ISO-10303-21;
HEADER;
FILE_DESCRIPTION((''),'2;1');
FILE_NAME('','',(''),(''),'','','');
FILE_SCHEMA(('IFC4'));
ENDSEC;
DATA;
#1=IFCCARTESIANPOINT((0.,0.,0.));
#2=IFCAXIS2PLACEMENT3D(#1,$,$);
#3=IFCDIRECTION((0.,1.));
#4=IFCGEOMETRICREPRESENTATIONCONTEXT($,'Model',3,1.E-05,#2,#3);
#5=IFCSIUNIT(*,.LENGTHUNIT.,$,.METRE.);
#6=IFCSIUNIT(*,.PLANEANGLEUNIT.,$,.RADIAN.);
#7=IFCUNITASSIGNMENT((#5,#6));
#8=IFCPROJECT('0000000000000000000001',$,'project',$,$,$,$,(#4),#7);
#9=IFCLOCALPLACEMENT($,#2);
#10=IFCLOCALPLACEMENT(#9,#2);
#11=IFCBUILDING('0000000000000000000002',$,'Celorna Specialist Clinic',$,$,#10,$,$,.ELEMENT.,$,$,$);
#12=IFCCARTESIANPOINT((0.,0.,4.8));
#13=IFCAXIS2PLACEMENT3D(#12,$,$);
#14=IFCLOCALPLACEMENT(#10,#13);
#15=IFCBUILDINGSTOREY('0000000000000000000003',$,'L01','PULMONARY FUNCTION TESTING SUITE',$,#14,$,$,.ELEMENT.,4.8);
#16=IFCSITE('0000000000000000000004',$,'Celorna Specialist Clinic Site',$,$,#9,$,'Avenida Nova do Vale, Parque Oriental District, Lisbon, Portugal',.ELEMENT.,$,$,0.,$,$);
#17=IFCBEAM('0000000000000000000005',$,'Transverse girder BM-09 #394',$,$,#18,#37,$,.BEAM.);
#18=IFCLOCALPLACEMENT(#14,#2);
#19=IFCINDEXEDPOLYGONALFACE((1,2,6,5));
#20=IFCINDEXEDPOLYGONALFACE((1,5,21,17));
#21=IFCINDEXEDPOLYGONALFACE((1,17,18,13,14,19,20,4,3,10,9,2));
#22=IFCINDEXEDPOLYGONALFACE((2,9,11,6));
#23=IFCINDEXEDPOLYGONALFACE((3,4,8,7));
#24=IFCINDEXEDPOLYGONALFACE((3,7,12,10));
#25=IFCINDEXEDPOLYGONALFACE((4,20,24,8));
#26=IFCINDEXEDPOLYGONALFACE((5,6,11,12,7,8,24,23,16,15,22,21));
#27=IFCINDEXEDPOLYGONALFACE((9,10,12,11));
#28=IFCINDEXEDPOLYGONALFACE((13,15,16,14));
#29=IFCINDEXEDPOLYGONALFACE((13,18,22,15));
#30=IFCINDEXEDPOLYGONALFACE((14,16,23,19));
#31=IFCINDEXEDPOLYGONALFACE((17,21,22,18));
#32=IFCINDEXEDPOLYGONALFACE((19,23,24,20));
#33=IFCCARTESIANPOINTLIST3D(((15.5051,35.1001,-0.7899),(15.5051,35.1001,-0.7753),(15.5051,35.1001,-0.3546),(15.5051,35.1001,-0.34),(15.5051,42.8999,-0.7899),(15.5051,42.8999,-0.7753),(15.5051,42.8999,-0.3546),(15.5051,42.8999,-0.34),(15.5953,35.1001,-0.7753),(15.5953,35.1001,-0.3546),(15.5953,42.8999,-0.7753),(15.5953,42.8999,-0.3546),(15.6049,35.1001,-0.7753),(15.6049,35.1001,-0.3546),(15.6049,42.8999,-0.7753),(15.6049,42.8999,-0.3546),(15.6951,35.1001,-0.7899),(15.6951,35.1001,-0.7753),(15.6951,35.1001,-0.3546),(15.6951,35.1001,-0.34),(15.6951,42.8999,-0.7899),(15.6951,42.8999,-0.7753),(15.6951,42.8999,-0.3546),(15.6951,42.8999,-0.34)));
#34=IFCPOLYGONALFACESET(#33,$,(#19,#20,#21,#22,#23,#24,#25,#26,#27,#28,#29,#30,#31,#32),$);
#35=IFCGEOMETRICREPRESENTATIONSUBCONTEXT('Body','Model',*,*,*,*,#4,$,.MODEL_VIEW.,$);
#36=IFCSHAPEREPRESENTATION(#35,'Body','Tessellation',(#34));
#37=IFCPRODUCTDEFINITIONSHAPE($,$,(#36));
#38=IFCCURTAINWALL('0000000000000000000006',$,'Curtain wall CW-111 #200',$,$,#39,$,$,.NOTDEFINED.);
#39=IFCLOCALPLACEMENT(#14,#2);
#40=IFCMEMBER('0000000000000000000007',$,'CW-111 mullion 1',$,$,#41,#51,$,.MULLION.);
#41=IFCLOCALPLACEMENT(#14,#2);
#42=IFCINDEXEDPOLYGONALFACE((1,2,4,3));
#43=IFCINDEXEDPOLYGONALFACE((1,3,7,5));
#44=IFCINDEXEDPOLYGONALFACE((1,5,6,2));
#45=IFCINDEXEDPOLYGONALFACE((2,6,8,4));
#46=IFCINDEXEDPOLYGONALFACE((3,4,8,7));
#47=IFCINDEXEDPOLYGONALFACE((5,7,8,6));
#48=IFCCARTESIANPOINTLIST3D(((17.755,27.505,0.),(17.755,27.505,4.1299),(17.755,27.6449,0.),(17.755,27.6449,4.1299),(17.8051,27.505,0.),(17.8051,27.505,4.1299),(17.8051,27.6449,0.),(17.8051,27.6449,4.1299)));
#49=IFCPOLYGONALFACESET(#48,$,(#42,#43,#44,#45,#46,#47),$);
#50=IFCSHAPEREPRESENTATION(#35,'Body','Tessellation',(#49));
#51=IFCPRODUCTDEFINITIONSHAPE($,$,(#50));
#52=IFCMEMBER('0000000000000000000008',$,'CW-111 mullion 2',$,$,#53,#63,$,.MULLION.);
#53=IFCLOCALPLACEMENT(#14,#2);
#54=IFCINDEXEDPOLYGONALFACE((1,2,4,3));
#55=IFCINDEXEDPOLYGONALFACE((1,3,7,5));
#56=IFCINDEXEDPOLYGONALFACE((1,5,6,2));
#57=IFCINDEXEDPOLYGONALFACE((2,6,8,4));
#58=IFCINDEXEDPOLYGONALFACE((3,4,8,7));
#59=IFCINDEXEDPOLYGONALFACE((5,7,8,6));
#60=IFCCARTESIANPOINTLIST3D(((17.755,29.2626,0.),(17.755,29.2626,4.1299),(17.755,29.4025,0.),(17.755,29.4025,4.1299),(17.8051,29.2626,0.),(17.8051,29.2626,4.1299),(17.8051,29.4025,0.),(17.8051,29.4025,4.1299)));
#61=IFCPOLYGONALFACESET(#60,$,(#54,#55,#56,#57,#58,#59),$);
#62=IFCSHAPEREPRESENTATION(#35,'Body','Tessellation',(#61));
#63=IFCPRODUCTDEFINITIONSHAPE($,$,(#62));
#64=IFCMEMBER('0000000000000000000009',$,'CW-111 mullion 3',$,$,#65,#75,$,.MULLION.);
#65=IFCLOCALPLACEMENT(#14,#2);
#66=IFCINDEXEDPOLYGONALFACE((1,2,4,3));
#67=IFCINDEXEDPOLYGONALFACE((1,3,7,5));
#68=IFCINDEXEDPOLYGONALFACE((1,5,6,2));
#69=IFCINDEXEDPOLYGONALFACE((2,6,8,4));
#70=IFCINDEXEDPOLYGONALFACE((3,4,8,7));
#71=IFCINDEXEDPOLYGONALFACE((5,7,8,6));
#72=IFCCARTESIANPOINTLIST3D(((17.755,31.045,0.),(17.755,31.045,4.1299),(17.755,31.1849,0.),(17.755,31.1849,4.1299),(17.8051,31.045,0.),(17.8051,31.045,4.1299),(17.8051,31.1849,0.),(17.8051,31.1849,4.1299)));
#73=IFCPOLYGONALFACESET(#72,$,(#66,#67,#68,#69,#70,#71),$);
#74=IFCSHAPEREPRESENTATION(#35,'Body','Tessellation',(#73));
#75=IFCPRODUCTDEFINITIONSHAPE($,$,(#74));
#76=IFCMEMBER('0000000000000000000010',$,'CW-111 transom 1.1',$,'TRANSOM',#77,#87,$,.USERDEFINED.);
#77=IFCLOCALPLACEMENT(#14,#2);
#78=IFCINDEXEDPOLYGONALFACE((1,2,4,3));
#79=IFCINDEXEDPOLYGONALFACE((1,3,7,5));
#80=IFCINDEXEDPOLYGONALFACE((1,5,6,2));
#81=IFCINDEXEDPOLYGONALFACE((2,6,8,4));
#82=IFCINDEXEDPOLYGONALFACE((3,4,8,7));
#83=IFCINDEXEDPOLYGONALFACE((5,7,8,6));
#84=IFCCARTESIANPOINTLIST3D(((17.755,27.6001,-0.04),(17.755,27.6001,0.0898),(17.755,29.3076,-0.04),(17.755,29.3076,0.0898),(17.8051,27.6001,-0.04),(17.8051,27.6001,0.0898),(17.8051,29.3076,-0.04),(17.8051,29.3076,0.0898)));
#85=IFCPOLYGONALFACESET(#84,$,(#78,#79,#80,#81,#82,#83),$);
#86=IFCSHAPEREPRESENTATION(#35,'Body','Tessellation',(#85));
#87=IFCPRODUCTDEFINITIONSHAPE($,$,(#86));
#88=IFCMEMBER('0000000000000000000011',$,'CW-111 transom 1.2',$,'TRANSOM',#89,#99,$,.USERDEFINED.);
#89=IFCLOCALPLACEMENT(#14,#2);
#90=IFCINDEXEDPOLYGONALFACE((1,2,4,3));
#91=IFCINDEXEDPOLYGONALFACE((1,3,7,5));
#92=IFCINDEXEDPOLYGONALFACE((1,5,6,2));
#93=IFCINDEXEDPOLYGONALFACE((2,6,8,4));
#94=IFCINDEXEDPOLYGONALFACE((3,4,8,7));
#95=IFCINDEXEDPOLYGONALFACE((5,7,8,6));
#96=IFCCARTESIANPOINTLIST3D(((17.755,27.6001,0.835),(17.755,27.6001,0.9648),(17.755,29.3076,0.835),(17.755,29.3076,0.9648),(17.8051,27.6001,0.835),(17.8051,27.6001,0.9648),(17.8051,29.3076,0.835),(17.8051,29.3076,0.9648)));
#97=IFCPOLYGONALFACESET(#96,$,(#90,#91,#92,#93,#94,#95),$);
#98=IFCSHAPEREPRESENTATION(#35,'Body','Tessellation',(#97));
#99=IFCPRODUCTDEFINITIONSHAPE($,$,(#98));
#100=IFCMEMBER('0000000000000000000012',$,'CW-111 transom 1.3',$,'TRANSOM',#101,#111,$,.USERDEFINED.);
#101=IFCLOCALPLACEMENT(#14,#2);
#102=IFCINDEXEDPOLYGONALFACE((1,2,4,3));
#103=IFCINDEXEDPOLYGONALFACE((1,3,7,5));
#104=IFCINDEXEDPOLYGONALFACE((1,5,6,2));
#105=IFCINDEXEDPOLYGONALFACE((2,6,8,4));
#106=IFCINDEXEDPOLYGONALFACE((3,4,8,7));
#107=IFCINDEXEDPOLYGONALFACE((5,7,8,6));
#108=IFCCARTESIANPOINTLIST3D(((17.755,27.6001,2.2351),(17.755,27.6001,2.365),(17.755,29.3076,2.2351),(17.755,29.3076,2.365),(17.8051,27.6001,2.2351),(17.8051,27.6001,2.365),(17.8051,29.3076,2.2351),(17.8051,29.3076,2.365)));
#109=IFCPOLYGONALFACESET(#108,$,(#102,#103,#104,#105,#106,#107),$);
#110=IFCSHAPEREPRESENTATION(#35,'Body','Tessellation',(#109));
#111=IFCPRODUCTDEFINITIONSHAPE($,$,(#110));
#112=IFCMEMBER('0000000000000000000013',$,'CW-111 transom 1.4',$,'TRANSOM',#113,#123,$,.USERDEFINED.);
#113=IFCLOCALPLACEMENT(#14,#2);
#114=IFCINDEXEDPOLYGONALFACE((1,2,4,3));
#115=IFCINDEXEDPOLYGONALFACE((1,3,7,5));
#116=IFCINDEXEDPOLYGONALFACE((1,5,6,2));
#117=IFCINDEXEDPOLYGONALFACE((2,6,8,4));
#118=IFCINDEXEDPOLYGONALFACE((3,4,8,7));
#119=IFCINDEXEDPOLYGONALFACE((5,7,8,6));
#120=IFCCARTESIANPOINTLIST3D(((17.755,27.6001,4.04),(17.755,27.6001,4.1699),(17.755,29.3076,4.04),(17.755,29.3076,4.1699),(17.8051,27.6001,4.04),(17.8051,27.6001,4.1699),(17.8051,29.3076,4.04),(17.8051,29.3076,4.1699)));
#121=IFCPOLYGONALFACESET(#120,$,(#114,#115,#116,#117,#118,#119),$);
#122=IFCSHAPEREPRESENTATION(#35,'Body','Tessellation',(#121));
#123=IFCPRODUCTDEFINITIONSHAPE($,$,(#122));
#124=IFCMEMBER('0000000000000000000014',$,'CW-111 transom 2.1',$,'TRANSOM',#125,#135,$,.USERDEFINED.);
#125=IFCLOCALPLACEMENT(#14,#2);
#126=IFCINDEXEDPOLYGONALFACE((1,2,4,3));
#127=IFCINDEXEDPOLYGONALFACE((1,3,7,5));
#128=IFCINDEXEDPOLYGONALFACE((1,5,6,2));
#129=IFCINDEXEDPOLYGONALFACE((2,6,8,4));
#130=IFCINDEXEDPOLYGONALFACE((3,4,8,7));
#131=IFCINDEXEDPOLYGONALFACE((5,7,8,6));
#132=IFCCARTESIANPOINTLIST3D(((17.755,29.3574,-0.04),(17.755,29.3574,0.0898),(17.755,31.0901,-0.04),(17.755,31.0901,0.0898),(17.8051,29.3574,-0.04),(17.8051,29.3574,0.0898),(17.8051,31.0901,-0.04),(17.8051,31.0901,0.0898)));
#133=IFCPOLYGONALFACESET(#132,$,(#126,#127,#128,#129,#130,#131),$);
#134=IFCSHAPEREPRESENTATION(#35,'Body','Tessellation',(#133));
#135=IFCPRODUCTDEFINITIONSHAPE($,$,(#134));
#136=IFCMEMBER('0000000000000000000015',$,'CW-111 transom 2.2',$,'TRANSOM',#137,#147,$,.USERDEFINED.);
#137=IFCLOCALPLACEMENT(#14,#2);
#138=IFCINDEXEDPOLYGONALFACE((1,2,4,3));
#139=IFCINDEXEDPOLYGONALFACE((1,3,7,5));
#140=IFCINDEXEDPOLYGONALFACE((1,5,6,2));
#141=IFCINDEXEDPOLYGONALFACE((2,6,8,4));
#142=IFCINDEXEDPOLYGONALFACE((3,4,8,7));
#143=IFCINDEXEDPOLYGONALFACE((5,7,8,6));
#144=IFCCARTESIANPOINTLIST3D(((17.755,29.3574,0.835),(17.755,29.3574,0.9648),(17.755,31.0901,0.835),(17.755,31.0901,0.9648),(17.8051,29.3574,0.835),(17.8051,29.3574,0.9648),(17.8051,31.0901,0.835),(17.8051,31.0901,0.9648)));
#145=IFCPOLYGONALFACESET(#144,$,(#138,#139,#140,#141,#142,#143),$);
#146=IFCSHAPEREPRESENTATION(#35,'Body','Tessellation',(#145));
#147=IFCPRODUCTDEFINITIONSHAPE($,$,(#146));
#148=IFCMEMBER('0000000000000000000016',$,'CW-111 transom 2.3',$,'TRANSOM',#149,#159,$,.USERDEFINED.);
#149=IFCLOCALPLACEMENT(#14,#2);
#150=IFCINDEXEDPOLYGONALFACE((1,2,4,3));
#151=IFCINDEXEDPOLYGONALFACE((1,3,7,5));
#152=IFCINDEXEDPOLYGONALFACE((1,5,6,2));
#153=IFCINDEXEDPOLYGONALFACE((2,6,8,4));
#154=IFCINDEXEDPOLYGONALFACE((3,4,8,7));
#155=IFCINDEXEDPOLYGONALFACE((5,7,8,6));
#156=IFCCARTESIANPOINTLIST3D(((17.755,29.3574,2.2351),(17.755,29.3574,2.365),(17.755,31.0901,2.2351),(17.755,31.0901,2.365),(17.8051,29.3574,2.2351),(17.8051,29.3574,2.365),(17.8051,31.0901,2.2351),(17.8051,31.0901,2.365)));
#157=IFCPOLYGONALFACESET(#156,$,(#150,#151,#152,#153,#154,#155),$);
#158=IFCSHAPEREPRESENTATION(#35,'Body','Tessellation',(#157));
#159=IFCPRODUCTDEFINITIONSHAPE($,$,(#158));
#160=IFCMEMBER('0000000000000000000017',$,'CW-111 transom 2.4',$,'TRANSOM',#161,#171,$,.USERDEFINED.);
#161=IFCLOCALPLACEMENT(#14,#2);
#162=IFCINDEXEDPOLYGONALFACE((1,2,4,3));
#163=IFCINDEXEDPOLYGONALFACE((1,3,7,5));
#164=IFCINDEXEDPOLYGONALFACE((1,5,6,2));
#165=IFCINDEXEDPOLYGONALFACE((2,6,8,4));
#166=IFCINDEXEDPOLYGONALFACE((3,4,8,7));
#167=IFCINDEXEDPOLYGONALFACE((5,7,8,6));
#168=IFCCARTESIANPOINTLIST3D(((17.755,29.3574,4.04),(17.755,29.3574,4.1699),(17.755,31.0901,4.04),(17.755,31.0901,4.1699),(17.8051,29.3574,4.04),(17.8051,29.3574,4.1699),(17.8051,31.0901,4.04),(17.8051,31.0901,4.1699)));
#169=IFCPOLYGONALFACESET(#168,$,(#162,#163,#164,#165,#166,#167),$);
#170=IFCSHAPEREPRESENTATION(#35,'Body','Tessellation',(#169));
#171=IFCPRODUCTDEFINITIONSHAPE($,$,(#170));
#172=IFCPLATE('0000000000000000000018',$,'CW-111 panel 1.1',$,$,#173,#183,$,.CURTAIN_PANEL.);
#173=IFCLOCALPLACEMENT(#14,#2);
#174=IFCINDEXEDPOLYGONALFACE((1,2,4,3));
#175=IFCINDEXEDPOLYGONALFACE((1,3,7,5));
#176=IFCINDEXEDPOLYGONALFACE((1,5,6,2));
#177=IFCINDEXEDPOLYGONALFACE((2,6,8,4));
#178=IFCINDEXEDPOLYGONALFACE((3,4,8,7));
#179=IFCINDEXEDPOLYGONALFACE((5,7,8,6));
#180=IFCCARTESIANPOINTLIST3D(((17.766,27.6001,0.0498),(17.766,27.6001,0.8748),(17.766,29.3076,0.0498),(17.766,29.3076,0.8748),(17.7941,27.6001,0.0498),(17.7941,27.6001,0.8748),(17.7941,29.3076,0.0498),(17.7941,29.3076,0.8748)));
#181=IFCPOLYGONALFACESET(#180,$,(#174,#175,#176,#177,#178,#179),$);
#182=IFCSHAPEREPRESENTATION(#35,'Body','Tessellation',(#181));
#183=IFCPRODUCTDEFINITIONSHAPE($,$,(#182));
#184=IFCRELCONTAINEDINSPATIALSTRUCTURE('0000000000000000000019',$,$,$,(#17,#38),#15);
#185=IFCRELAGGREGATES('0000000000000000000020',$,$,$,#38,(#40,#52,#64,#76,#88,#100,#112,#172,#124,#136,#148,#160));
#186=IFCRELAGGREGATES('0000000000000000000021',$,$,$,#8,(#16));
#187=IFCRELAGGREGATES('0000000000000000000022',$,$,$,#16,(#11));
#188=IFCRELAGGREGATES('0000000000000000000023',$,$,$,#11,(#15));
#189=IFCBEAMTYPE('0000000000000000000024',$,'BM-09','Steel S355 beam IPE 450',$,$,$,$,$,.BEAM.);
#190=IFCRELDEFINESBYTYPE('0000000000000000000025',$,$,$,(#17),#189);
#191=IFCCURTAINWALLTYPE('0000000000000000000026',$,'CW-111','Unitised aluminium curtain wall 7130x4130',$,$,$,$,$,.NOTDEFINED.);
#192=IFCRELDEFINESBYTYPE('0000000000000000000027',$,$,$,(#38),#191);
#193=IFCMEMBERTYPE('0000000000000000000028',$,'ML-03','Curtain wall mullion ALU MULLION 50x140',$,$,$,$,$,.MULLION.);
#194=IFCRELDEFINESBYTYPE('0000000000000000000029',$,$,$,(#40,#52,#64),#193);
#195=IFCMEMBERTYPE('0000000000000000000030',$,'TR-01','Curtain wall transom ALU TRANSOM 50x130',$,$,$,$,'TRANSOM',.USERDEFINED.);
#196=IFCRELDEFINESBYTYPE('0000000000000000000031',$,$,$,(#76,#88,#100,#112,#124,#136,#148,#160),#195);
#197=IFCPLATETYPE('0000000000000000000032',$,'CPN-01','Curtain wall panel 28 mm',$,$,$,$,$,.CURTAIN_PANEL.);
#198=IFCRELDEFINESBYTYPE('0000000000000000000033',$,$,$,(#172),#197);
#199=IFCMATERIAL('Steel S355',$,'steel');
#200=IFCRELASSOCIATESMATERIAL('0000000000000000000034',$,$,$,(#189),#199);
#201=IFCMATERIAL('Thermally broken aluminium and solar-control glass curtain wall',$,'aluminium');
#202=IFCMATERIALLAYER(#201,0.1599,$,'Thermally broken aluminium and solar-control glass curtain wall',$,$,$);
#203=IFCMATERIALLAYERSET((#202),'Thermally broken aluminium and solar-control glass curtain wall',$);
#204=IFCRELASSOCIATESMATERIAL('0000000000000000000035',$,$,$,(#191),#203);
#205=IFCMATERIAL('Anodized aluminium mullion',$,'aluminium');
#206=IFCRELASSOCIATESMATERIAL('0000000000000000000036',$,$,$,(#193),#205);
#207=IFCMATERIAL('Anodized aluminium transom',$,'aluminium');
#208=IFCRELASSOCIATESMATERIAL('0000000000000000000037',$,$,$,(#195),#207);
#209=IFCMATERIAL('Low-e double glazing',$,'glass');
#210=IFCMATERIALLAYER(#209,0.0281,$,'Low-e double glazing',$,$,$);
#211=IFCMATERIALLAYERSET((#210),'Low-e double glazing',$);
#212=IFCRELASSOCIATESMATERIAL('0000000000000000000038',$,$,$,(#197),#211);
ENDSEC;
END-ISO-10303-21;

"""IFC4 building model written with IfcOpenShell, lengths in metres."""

from ifc_helpers import new_model, si_unit, direction, frame, origin, origin_2d, place, context, subcontext, project, spatial, rectangle, i_section, extrude, material, layer, layer_set, material_profile, profile_set, type_object, element, aggregate, save


model = new_model("IFC4")

# Units and contexts
model_context = context("Model", 3, precision=1e-05, world=origin(), true_north=direction((0.0, 1.0)))
body_context = subcontext(model_context, "Body", "Model", "MODEL_VIEW")
ifc_project = project(units=[si_unit("LENGTHUNIT", "METRE"), si_unit("PLANEANGLEUNIT", "RADIAN")], contexts=[model_context])

# Site, building, storey
site_placement = place(None, origin())
site = spatial("IfcSite", under=ifc_project, at=site_placement, Name="Celorna Specialist Clinic Site", LongName="Avenida Nova do Vale, Parque Oriental District, Lisbon, Portugal", CompositionType="ELEMENT", RefElevation=0.0)
building_placement = place(site_placement, origin())
building = spatial("IfcBuilding", under=site, at=building_placement, Name="Celorna Specialist Clinic", CompositionType="ELEMENT")
storey_placement = place(building_placement, frame((0.0, 0.0, 4.8)))
storey = spatial("IfcBuildingStorey", under=building, at=storey_placement, Name="L01", Description="PULMONARY FUNCTION TESTING SUITE", CompositionType="ELEMENT", Elevation=4.8)

# Beam
ifc_material_1 = material(Name="Steel S355", Category="steel")
ifc_material_profile_1 = material_profile(ifc_material_1, i_section(OverallWidth=0.1899, OverallDepth=0.45, WebThickness=0.0095, FlangeThickness=0.0146, at=origin_2d()), Name="IPE 450")
ifc_profile_set_1 = profile_set([ifc_material_profile_1], Name="Steel S355")
beam_type = type_object("IfcBeamType", Name="BM-09", Description="Steel S355 beam IPE 450", PredefinedType="BEAM", material=ifc_profile_set_1)
beam_placement = place(storey_placement, frame((15.6001, 35.1001, -0.5649), z_axis=(0.0, 1.0, 0.0), x_axis=(-1.0, 0.0, 0.0)))
element("IfcBeam", 1, at=beam_placement, inside=storey, type_object=beam_type, Name="Transverse girder BM-09 #394", PredefinedType="BEAM", context=body_context, shape_type="SweptSolid", body=[
    extrude(i_section(OverallWidth=0.1899, OverallDepth=0.45, WebThickness=0.0095, FlangeThickness=0.0146, at=origin_2d()), origin(), (0.0, 0.0, 1.0), 7.7998),
])

# Curtain wall, members, plate
ifc_material_2 = material(Name="Thermally broken aluminium and solar-control glass curtain wall", Category="aluminium")
ifc_layer_1 = layer(ifc_material_2, 0.1599, Name="Thermally broken aluminium and solar-control glass curtain wall")
ifc_layer_set_1 = layer_set([ifc_layer_1], Name="Thermally broken aluminium and solar-control glass curtain wall")
curtain_wall_type = type_object("IfcCurtainWallType", Name="CW-111", Description="Unitised aluminium curtain wall 7130x4130", PredefinedType="NOTDEFINED", material=ifc_layer_set_1)
curtain_wall_placement = place(storey_placement, origin())
curtain_wall = element("IfcCurtainWall", 2, at=curtain_wall_placement, inside=storey, type_object=curtain_wall_type, Name="Curtain wall CW-111 #200", PredefinedType="NOTDEFINED")
ifc_material_3 = material(Name="Anodized aluminium mullion", Category="aluminium")
ifc_material_profile_2 = material_profile(ifc_material_3, rectangle(XDim=0.05, YDim=0.1399, at=origin_2d()), Name="ALU MULLION 50x140")
ifc_profile_set_2 = profile_set([ifc_material_profile_2], Name="Anodized aluminium mullion")
member_type_1 = type_object("IfcMemberType", Name="ML-03", Description="Curtain wall mullion ALU MULLION 50x140", PredefinedType="MULLION", material=ifc_profile_set_2)
member_1_placement = place(storey_placement, frame((17.78, 27.575, 0.0), z_axis=(0.0, 0.0, 1.0), x_axis=(-1.0, 0.0, 0.0)))
member_1 = element("IfcMember", 3, at=member_1_placement, type_object=member_type_1, Name="CW-111 mullion 1", PredefinedType="MULLION", context=body_context, shape_type="SweptSolid", body=[
    extrude(rectangle(XDim=0.05, YDim=0.1399, at=origin_2d()), origin(), (0.0, 0.0, 1.0), 4.1299),
])
member_2_placement = place(storey_placement, frame((17.78, 29.3325, 0.0), z_axis=(0.0, 0.0, 1.0), x_axis=(-1.0, 0.0, 0.0)))
member_2 = element("IfcMember", 4, at=member_2_placement, type_object=member_type_1, Name="CW-111 mullion 2", PredefinedType="MULLION", context=body_context, shape_type="SweptSolid", body=[
    extrude(rectangle(XDim=0.05, YDim=0.1399, at=origin_2d()), origin(), (0.0, 0.0, 1.0), 4.1299),
])
member_3_placement = place(storey_placement, frame((17.78, 31.115, 0.0), z_axis=(0.0, 0.0, 1.0), x_axis=(-1.0, 0.0, 0.0)))
member_3 = element("IfcMember", 5, at=member_3_placement, type_object=member_type_1, Name="CW-111 mullion 3", PredefinedType="MULLION", context=body_context, shape_type="SweptSolid", body=[
    extrude(rectangle(XDim=0.05, YDim=0.1399, at=origin_2d()), origin(), (0.0, 0.0, 1.0), 4.1299),
])
ifc_material_4 = material(Name="Anodized aluminium transom", Category="aluminium")
ifc_material_profile_3 = material_profile(ifc_material_4, rectangle(XDim=0.05, YDim=0.1299, at=origin_2d()), Name="ALU TRANSOM 50x130")
ifc_profile_set_3 = profile_set([ifc_material_profile_3], Name="Anodized aluminium transom")
member_type_2 = type_object("IfcMemberType", Name="TR-01", Description="Curtain wall transom ALU TRANSOM 50x130", ElementType="TRANSOM", PredefinedType="USERDEFINED", material=ifc_profile_set_3)
member_4_placement = place(storey_placement, frame((17.78, 27.6001, 0.0249), z_axis=(0.0, 1.0, 0.0), x_axis=(-1.0, 0.0, 0.0)))
member_4 = element("IfcMember", 6, at=member_4_placement, type_object=member_type_2, Name="CW-111 transom 1.1", ObjectType="TRANSOM", PredefinedType="USERDEFINED", context=body_context, shape_type="SweptSolid", body=[
    extrude(rectangle(XDim=0.05, YDim=0.1299, at=origin_2d()), origin(), (0.0, 0.0, 1.0), 1.7075),
])
member_5_placement = place(storey_placement, frame((17.78, 27.6001, 0.8999), z_axis=(0.0, 1.0, 0.0), x_axis=(-1.0, 0.0, 0.0)))
member_5 = element("IfcMember", 7, at=member_5_placement, type_object=member_type_2, Name="CW-111 transom 1.2", ObjectType="TRANSOM", PredefinedType="USERDEFINED", context=body_context, shape_type="SweptSolid", body=[
    extrude(rectangle(XDim=0.05, YDim=0.1299, at=origin_2d()), origin(), (0.0, 0.0, 1.0), 1.7075),
])
member_6_placement = place(storey_placement, frame((17.78, 27.6001, 2.3), z_axis=(0.0, 1.0, 0.0), x_axis=(-1.0, 0.0, 0.0)))
member_6 = element("IfcMember", 8, at=member_6_placement, type_object=member_type_2, Name="CW-111 transom 1.3", ObjectType="TRANSOM", PredefinedType="USERDEFINED", context=body_context, shape_type="SweptSolid", body=[
    extrude(rectangle(XDim=0.05, YDim=0.1299, at=origin_2d()), origin(), (0.0, 0.0, 1.0), 1.7075),
])
member_7_placement = place(storey_placement, frame((17.78, 27.6001, 4.105), z_axis=(0.0, 1.0, 0.0), x_axis=(-1.0, 0.0, 0.0)))
member_7 = element("IfcMember", 9, at=member_7_placement, type_object=member_type_2, Name="CW-111 transom 1.4", ObjectType="TRANSOM", PredefinedType="USERDEFINED", context=body_context, shape_type="SweptSolid", body=[
    extrude(rectangle(XDim=0.05, YDim=0.1299, at=origin_2d()), origin(), (0.0, 0.0, 1.0), 1.7075),
])
member_8_placement = place(storey_placement, frame((17.78, 29.3574, 0.0249), z_axis=(0.0, 1.0, 0.0), x_axis=(-1.0, 0.0, 0.0)))
member_8 = element("IfcMember", 10, at=member_8_placement, type_object=member_type_2, Name="CW-111 transom 2.1", ObjectType="TRANSOM", PredefinedType="USERDEFINED", context=body_context, shape_type="SweptSolid", body=[
    extrude(rectangle(XDim=0.05, YDim=0.1299, at=origin_2d()), origin(), (0.0, 0.0, 1.0), 1.7327),
])
member_9_placement = place(storey_placement, frame((17.78, 29.3574, 0.8999), z_axis=(0.0, 1.0, 0.0), x_axis=(-1.0, 0.0, 0.0)))
member_9 = element("IfcMember", 11, at=member_9_placement, type_object=member_type_2, Name="CW-111 transom 2.2", ObjectType="TRANSOM", PredefinedType="USERDEFINED", context=body_context, shape_type="SweptSolid", body=[
    extrude(rectangle(XDim=0.05, YDim=0.1299, at=origin_2d()), origin(), (0.0, 0.0, 1.0), 1.7327),
])
member_10_placement = place(storey_placement, frame((17.78, 29.3574, 2.3), z_axis=(0.0, 1.0, 0.0), x_axis=(-1.0, 0.0, 0.0)))
member_10 = element("IfcMember", 12, at=member_10_placement, type_object=member_type_2, Name="CW-111 transom 2.3", ObjectType="TRANSOM", PredefinedType="USERDEFINED", context=body_context, shape_type="SweptSolid", body=[
    extrude(rectangle(XDim=0.05, YDim=0.1299, at=origin_2d()), origin(), (0.0, 0.0, 1.0), 1.7327),
])
member_11_placement = place(storey_placement, frame((17.78, 29.3574, 4.105), z_axis=(0.0, 1.0, 0.0), x_axis=(-1.0, 0.0, 0.0)))
member_11 = element("IfcMember", 13, at=member_11_placement, type_object=member_type_2, Name="CW-111 transom 2.4", ObjectType="TRANSOM", PredefinedType="USERDEFINED", context=body_context, shape_type="SweptSolid", body=[
    extrude(rectangle(XDim=0.05, YDim=0.1299, at=origin_2d()), origin(), (0.0, 0.0, 1.0), 1.7327),
])
ifc_material_5 = material(Name="Low-e double glazing", Category="glass")
ifc_layer_2 = layer(ifc_material_5, 0.0281, Name="Low-e double glazing")
ifc_layer_set_2 = layer_set([ifc_layer_2], Name="Low-e double glazing")
plate_type = type_object("IfcPlateType", Name="CPN-01", Description="Curtain wall panel 28 mm", PredefinedType="CURTAIN_PANEL", material=ifc_layer_set_2)
plate_1_placement = place(storey_placement, frame((17.78, 28.4539, 0.0498), z_axis=(0.0, 0.0, 1.0), x_axis=(0.0, 1.0, 0.0)))
plate_1 = element("IfcPlate", 14, at=plate_1_placement, type_object=plate_type, Name="CW-111 panel 1.1", PredefinedType="CURTAIN_PANEL", context=body_context, shape_type="SweptSolid", body=[
    extrude(rectangle(XDim=1.7075, YDim=0.0281, at=origin_2d()), origin(), (0.0, 0.0, 1.0), 0.825),
])
aggregate(curtain_wall, [member_1, member_2, member_3, member_4, member_5, member_6, member_7, plate_1, member_8, member_9, member_10, member_11])

save(model, "model.ifc")
